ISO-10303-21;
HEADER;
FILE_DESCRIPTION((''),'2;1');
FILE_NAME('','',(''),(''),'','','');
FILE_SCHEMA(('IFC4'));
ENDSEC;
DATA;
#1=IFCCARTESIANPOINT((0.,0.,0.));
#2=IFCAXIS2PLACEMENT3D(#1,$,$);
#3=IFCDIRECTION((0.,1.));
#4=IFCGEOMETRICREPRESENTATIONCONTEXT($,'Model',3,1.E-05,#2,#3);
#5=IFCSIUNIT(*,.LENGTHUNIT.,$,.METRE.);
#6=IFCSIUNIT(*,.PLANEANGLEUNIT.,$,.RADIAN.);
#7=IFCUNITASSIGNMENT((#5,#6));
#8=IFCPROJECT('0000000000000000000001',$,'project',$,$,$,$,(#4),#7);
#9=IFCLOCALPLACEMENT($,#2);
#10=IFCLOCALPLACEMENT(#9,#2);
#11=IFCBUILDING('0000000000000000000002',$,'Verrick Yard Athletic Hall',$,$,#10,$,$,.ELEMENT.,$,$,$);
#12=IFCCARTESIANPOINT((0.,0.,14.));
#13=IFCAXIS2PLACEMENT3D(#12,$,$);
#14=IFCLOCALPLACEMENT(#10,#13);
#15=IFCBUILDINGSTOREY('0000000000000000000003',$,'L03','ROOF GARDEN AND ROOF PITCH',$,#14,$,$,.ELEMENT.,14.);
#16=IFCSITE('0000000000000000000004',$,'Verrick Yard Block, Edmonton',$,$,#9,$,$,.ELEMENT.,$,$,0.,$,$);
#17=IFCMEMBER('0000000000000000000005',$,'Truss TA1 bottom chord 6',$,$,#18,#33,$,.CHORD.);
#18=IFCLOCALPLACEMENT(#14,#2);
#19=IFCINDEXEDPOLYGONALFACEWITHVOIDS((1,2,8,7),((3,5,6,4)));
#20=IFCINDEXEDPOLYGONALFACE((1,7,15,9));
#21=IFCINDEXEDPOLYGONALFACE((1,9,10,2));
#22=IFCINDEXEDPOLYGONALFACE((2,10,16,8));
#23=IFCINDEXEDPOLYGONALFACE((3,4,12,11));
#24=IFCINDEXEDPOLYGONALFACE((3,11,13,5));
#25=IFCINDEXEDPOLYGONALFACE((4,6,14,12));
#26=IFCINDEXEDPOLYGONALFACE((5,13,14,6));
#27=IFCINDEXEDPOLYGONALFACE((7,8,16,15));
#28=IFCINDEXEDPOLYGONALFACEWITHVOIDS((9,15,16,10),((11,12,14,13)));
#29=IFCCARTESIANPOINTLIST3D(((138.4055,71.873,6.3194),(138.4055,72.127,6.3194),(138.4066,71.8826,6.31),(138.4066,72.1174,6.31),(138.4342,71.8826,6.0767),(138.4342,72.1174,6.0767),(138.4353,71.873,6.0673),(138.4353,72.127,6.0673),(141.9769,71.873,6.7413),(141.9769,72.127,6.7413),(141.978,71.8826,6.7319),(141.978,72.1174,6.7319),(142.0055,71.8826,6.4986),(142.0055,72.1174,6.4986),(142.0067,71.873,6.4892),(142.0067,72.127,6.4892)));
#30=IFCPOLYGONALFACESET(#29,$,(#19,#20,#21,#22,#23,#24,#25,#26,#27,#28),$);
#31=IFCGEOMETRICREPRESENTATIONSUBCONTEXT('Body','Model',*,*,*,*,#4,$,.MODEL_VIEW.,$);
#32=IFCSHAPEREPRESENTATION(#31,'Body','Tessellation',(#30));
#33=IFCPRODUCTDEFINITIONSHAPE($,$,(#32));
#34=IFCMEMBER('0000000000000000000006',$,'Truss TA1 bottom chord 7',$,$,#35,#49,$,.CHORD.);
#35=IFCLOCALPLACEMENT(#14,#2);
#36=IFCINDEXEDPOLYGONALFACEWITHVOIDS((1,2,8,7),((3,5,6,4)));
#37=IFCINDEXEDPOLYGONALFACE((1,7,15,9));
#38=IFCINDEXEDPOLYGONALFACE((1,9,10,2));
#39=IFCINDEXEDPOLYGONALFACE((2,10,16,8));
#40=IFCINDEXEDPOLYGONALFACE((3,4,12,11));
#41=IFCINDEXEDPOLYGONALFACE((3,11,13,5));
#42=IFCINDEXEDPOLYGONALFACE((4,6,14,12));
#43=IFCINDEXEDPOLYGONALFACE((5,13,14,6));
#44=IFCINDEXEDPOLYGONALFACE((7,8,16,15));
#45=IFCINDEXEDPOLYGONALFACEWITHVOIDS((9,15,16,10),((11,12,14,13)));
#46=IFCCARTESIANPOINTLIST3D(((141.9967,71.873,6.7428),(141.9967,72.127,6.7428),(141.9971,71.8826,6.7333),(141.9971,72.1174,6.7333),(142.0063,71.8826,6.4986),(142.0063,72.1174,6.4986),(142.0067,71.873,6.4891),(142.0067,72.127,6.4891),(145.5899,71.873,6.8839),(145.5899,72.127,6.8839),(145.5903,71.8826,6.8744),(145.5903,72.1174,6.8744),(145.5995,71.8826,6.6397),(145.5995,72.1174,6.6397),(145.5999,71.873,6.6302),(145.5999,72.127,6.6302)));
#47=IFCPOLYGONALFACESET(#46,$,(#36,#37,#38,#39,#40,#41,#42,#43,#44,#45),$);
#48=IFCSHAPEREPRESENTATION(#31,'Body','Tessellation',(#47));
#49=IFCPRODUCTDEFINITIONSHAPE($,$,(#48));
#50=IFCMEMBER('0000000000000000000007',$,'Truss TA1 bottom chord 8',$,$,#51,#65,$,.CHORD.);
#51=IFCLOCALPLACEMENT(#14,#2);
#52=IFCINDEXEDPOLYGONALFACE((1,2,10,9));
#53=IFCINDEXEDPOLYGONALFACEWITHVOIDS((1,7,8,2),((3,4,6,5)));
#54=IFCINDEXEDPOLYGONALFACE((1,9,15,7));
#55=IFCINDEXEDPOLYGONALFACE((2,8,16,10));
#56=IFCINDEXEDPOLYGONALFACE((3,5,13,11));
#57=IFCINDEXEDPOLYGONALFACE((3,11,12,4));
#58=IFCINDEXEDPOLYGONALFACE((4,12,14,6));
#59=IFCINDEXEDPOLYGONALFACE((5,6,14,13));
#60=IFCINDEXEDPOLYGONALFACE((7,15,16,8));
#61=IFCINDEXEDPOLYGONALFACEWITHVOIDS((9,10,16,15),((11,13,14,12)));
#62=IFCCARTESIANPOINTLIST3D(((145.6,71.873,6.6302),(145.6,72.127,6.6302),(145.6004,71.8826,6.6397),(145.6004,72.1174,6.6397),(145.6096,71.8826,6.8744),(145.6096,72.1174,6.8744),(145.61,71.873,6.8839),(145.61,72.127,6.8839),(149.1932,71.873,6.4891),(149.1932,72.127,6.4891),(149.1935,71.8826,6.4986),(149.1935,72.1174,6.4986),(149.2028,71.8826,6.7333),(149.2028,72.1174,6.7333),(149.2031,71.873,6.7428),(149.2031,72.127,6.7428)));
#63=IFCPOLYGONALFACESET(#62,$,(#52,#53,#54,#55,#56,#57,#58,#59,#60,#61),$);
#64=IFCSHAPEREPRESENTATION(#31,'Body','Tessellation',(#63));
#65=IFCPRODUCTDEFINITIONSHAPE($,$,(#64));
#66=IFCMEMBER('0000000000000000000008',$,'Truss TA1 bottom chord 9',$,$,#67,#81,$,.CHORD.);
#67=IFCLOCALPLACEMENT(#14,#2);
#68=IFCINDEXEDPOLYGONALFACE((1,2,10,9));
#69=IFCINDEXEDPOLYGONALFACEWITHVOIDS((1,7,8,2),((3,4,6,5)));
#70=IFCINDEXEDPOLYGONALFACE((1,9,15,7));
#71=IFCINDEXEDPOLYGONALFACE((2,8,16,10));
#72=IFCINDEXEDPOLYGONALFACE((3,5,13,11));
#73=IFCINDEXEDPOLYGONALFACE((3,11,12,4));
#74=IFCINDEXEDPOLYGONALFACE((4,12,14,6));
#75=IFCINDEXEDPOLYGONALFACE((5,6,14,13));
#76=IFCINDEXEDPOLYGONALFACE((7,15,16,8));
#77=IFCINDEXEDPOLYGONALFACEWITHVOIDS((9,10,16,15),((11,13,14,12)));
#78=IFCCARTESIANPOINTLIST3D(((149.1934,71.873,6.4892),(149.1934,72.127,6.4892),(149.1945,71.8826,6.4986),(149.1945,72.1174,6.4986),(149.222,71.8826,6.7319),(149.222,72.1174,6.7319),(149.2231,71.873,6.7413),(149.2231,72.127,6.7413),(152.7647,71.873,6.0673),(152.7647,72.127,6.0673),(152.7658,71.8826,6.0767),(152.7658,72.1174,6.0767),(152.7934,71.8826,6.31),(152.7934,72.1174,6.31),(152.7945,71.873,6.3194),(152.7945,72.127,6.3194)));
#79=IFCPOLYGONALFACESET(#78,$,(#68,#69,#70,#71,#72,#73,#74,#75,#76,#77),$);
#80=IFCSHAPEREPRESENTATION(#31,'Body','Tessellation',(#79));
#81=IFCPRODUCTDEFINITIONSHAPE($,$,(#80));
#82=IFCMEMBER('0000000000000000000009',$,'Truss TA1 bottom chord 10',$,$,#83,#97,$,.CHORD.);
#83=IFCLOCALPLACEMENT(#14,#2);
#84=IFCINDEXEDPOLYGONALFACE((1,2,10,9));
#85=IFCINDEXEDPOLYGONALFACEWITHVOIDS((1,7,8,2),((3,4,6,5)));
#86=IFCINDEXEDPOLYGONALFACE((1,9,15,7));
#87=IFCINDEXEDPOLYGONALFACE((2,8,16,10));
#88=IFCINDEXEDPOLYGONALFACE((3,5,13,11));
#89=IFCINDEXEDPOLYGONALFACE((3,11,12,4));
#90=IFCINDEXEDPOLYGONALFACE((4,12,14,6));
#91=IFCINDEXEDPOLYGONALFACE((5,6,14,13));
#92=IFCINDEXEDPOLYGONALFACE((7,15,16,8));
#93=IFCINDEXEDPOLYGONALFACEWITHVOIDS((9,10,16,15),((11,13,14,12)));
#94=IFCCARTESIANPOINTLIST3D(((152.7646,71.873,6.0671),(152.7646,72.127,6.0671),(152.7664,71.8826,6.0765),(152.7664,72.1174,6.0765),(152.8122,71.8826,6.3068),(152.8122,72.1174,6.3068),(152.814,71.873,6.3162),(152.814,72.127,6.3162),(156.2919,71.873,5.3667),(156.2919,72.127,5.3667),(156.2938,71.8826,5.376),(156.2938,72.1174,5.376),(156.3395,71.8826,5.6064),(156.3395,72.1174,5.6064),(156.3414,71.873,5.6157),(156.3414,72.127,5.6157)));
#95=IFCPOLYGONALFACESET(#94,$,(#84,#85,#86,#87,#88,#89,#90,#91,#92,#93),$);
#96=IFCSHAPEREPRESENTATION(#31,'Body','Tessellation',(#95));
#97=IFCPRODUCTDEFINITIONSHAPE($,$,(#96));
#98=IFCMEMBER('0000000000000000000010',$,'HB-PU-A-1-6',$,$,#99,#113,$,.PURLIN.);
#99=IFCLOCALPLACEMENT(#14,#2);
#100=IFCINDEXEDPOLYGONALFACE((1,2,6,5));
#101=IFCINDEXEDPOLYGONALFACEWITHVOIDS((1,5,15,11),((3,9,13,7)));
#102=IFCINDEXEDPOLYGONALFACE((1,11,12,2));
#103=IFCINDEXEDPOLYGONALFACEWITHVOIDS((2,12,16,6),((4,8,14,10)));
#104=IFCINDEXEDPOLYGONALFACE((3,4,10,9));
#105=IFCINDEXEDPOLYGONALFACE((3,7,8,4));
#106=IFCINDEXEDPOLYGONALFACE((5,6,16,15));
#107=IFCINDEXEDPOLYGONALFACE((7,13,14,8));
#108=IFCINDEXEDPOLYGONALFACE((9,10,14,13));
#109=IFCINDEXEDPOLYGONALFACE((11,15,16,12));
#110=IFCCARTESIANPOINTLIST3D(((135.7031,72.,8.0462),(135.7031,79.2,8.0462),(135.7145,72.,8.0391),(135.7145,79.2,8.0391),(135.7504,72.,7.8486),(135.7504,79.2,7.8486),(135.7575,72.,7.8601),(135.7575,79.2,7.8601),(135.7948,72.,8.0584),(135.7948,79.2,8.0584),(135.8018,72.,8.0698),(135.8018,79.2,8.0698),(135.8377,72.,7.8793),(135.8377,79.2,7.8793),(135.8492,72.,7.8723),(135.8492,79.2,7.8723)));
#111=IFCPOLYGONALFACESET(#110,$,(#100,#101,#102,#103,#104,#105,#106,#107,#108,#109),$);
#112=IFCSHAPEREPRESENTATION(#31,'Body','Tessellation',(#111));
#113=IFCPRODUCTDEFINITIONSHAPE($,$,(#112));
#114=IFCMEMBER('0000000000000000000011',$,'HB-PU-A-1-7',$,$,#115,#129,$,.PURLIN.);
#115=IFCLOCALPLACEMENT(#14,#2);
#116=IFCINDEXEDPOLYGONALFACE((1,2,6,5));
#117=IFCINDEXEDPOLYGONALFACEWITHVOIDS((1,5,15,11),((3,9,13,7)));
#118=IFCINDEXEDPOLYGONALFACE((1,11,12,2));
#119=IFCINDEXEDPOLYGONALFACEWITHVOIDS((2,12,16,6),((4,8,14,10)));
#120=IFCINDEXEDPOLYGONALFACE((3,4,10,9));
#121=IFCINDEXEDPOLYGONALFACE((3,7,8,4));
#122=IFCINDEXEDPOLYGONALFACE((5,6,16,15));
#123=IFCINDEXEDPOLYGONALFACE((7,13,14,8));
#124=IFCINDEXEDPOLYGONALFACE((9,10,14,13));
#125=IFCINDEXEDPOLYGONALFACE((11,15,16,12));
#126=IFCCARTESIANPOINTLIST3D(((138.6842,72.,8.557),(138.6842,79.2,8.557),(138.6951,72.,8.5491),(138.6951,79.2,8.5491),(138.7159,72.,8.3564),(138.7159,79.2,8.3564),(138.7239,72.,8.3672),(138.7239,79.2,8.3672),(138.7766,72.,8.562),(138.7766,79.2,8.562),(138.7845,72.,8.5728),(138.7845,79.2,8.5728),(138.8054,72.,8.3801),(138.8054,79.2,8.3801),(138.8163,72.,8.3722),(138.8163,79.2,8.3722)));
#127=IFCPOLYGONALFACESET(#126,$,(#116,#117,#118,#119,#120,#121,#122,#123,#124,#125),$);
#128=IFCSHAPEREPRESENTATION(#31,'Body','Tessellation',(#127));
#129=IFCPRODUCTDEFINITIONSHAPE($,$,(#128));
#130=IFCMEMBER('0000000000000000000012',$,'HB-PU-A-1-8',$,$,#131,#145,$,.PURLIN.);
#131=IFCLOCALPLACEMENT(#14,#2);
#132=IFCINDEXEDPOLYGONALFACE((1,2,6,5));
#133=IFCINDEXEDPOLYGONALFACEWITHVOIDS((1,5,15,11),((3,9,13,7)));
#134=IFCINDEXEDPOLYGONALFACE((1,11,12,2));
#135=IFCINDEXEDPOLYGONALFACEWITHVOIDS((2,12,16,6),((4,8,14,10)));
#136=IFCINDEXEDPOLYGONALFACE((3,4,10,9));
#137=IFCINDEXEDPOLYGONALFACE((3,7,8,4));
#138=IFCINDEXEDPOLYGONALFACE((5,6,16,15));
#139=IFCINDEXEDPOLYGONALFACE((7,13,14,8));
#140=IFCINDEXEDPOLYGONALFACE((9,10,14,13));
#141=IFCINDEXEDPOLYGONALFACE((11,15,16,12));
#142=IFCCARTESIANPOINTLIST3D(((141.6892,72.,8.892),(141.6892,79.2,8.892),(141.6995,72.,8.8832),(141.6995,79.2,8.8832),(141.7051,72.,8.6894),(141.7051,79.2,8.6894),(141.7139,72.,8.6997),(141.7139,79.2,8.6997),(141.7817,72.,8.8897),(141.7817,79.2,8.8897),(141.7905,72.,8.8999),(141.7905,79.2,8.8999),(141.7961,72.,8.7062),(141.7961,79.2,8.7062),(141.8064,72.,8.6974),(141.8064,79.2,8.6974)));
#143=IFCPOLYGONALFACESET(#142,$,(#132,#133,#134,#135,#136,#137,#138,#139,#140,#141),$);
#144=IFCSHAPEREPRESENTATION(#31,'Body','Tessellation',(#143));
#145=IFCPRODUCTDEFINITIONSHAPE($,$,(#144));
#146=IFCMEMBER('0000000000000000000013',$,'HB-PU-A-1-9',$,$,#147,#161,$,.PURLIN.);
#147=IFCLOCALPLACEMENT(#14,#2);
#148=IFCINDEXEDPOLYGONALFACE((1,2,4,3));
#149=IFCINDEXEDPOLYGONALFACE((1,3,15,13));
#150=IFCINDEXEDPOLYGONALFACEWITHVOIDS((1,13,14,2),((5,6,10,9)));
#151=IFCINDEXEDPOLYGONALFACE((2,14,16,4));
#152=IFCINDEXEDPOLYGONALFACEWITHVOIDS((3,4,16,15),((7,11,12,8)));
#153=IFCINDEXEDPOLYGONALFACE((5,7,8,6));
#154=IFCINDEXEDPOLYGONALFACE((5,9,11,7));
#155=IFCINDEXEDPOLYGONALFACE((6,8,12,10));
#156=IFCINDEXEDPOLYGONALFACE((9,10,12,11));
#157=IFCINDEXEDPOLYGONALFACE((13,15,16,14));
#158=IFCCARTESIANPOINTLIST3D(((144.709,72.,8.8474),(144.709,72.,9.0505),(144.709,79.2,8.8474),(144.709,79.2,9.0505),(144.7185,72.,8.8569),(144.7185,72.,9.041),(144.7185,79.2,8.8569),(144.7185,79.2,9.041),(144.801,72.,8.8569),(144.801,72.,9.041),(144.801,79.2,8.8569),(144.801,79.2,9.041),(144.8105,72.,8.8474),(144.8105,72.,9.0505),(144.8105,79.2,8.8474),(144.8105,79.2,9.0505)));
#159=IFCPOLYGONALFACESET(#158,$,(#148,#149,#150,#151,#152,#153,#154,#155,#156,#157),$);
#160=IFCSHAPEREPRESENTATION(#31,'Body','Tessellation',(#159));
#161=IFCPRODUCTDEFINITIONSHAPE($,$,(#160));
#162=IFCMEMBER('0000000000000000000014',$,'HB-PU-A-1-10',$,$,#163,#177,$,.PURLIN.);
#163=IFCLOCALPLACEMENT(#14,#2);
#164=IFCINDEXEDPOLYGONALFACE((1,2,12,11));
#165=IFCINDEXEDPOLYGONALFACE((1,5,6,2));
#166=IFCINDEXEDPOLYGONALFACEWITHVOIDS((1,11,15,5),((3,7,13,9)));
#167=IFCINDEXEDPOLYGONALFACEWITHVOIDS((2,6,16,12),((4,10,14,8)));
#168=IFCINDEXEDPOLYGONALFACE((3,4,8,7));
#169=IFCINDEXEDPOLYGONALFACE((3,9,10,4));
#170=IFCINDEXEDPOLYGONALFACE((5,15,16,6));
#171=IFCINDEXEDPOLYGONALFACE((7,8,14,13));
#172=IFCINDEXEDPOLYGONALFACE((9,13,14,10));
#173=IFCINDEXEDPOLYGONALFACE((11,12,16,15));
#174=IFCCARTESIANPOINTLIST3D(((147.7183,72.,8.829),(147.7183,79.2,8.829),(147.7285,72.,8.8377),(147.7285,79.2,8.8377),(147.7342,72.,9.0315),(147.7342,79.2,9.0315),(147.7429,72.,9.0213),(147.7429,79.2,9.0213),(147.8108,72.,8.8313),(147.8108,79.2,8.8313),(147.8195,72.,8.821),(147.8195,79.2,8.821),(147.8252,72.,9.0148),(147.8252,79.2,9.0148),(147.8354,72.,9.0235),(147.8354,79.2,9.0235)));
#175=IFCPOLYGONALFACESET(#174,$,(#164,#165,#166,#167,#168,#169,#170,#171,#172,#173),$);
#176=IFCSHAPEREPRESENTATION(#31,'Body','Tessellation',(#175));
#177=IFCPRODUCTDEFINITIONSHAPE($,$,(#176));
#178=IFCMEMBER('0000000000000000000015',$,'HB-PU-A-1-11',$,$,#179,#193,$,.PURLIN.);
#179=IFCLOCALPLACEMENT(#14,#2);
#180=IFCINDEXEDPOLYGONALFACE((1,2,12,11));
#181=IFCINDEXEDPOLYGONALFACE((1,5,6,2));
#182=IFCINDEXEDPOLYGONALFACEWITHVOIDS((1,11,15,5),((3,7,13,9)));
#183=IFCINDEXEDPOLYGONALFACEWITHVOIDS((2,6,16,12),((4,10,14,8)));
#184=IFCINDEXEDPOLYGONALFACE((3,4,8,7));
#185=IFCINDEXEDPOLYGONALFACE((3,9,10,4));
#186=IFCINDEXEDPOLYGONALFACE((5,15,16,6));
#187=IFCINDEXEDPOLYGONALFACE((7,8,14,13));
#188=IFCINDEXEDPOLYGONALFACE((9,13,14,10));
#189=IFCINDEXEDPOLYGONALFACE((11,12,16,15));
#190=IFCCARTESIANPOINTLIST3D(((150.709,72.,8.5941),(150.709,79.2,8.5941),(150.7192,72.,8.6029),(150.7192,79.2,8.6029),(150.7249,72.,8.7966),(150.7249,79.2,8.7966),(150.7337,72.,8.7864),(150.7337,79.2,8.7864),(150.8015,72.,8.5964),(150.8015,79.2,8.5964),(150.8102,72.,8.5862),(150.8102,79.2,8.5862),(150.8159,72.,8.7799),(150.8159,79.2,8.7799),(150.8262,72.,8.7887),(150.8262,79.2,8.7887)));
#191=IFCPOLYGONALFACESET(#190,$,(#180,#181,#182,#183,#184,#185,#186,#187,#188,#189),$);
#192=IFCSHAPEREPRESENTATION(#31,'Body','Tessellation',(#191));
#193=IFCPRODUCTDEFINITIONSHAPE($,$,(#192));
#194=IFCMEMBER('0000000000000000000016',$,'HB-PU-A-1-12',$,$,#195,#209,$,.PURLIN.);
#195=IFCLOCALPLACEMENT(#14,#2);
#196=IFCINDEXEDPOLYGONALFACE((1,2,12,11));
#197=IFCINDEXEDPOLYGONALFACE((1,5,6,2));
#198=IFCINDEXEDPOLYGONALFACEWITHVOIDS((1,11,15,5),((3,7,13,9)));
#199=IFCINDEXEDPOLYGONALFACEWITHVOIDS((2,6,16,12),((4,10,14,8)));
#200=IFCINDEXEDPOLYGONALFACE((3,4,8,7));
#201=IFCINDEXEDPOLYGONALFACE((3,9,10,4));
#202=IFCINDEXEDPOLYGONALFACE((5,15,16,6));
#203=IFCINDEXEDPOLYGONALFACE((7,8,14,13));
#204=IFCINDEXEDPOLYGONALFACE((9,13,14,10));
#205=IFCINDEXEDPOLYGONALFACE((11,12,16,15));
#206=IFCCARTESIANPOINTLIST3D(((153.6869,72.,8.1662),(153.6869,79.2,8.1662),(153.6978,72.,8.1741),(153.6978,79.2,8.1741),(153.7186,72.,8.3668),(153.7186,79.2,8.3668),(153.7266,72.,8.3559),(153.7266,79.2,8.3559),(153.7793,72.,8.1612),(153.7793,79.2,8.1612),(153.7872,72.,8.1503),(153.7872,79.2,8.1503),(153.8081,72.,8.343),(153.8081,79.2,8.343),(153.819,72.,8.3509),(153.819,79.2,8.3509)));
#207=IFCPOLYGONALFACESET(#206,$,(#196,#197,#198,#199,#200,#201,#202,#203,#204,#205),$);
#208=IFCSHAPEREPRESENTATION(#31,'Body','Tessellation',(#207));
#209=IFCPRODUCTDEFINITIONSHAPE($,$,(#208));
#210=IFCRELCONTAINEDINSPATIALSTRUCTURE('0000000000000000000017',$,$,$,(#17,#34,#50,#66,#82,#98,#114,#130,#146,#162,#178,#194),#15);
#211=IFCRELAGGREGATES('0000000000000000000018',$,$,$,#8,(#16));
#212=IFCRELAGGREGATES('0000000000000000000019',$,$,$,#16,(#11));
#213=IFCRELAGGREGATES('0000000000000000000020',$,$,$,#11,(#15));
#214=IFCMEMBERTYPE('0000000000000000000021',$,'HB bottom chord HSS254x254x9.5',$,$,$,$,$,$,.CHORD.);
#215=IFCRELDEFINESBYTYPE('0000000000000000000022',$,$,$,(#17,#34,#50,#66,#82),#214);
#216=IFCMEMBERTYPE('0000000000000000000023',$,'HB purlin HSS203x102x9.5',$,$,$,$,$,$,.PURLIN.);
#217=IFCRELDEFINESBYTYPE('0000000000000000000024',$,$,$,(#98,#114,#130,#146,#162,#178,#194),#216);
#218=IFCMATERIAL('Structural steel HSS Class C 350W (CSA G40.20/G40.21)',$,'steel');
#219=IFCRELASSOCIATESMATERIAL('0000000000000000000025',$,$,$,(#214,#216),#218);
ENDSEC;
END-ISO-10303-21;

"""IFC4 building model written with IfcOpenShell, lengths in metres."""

from ifc_helpers import new_model, si_unit, direction, frame, origin, origin_2d, place, context, subcontext, project, spatial, hollow_rectangle, extrude, material, material_profile, profile_set, type_object, element, save


model = new_model("IFC4")

# Units and contexts
model_context = context("Model", 3, precision=1e-05, world=origin(), true_north=direction((0.0, 1.0)))
body_context = subcontext(model_context, "Body", "Model", "MODEL_VIEW")
ifc_project = project(units=[si_unit("LENGTHUNIT", "METRE"), si_unit("PLANEANGLEUNIT", "RADIAN")], contexts=[model_context])

# Site, building, storey
site_placement = place(None, origin())
site = spatial("IfcSite", under=ifc_project, at=site_placement, Name="Verrick Yard Block, Edmonton", CompositionType="ELEMENT", RefElevation=0.0)
building_placement = place(site_placement, origin())
building = spatial("IfcBuilding", under=site, at=building_placement, Name="Verrick Yard Athletic Hall", CompositionType="ELEMENT")
storey_placement = place(building_placement, frame((0.0, 0.0, 14.0)))
storey = spatial("IfcBuildingStorey", under=building, at=storey_placement, Name="L03", Description="ROOF GARDEN AND ROOF PITCH", CompositionType="ELEMENT", Elevation=14.0)

# Members
ifc_material_1 = material(Name="Structural steel HSS Class C 350W (CSA G40.20/G40.21)", Category="steel")
ifc_material_profile_1 = material_profile(ifc_material_1, hollow_rectangle(XDim=0.2539, YDim=0.2539, WallThickness=0.0095, at=origin_2d()), Name="HSS254x254x9.5")
ifc_profile_set_1 = profile_set([ifc_material_profile_1], Name="Structural steel HSS Class C 350W (CSA G40.20/G40.21)")
member_type_1 = type_object("IfcMemberType", Name="HB bottom chord HSS254x254x9.5", PredefinedType="CHORD", material=ifc_profile_set_1)
member_1_placement = place(storey_placement, frame((138.4204, 72.0, 6.1934), z_axis=(0.993095, 0.0, 0.117314), x_axis=(0.0, 1.0, 0.0)))
element("IfcMember", 1, at=member_1_placement, inside=storey, type_object=member_type_1, Name="Truss TA1 bottom chord 6", PredefinedType="CHORD", context=body_context, shape_type="SweptSolid", body=[
    extrude(hollow_rectangle(XDim=0.2539, YDim=0.2539, WallThickness=0.0095, at=origin_2d()), origin(), (0.0, 0.0, 1.0), 3.5962),
])
for number, where, z_axis, x_axis, name in (
    (2, (142.0017, 72.0, 6.616), (0.99923, 0.0, 0.039241), (0.0, 1.0, 0.0), "Truss TA1 bottom chord 7"),
    (3, (145.605, 72.0, 6.7571), (0.99923, 0.0, -0.039241), (0.0, 1.0, 0.0), "Truss TA1 bottom chord 8"),
):
    element("IfcMember", number, at=place(storey_placement, frame(where, z_axis=z_axis, x_axis=x_axis)), inside=storey, type_object=member_type_1, Name=name, PredefinedType="CHORD", context=body_context, shape_type="SweptSolid", body=[
        extrude(hollow_rectangle(XDim=0.2539, YDim=0.2539, WallThickness=0.0095, at=origin_2d()), origin(), (0.0, 0.0, 1.0), 3.5959),
    ])
for number, where, z_axis, x_axis, name in (
    (4, (149.2083, 72.0, 6.6152), (0.993095, 0.0, -0.117314), (0.0, 1.0, 0.0), "Truss TA1 bottom chord 9"),
    (5, (152.7893, 72.0, 6.1917), (0.980849, 0.0, -0.194771), (0.0, 1.0, 0.0), "Truss TA1 bottom chord 10"),
):
    element("IfcMember", number, at=place(storey_placement, frame(where, z_axis=z_axis, x_axis=x_axis)), inside=storey, type_object=member_type_1, Name=name, PredefinedType="CHORD", context=body_context, shape_type="SweptSolid", body=[
        extrude(hollow_rectangle(XDim=0.2539, YDim=0.2539, WallThickness=0.0095, at=origin_2d()), origin(), (0.0, 0.0, 1.0), 3.5962),
    ])
ifc_material_profile_2 = material_profile(ifc_material_1, hollow_rectangle(XDim=0.1016, YDim=0.2031, WallThickness=0.0095, at=origin_2d()), Name="HSS203x102x9.5")
ifc_profile_set_2 = profile_set([ifc_material_profile_2], Name="Structural steel HSS Class C 350W (CSA G40.20/G40.21)")
member_type_2 = type_object("IfcMemberType", Name="HB purlin HSS203x102x9.5", PredefinedType="PURLIN", material=ifc_profile_set_2)
for number, where, z_axis, x_axis, name in (
    (6, (135.7761, 72.0, 7.9592), (0.0, 1.0, 0.0), (-0.972459, 0.0, -0.233074), "HB-PU-A-1-6"),
    (7, (138.7502, 72.0, 8.4646), (0.0, 1.0, 0.0), (-0.987728, 0.0, -0.156183), "HB-PU-A-1-7"),
    (8, (141.7478, 72.0, 8.7947), (0.0, 1.0, 0.0), (-0.996927, 0.0, -0.078332), "HB-PU-A-1-8"),
    (9, (144.7598, 72.0, 8.949), (0.0, 1.0, 0.0), (-1.0, 0.0, 0.0), "HB-PU-A-1-9"),
    (10, (147.7769, 72.0, 8.9263), (0.0, 1.0, 0.0), (-0.996927, 0.0, 0.078332), "HB-PU-A-1-10"),
    (11, (150.7676, 72.0, 8.6914), (0.0, 1.0, 0.0), (-0.996927, 0.0, 0.078332), "HB-PU-A-1-11"),
    (12, (153.7529, 72.0, 8.2585), (0.0, 1.0, 0.0), (-0.987728, 0.0, 0.156183), "HB-PU-A-1-12"),
):
    element("IfcMember", number, at=place(storey_placement, frame(where, z_axis=z_axis, x_axis=x_axis)), inside=storey, type_object=member_type_2, Name=name, PredefinedType="PURLIN", context=body_context, shape_type="SweptSolid", body=[
        extrude(hollow_rectangle(XDim=0.1016, YDim=0.2031, WallThickness=0.0095, at=origin_2d()), origin(), (0.0, 0.0, 1.0), 7.2),
    ])

save(model, "model.ifc")
